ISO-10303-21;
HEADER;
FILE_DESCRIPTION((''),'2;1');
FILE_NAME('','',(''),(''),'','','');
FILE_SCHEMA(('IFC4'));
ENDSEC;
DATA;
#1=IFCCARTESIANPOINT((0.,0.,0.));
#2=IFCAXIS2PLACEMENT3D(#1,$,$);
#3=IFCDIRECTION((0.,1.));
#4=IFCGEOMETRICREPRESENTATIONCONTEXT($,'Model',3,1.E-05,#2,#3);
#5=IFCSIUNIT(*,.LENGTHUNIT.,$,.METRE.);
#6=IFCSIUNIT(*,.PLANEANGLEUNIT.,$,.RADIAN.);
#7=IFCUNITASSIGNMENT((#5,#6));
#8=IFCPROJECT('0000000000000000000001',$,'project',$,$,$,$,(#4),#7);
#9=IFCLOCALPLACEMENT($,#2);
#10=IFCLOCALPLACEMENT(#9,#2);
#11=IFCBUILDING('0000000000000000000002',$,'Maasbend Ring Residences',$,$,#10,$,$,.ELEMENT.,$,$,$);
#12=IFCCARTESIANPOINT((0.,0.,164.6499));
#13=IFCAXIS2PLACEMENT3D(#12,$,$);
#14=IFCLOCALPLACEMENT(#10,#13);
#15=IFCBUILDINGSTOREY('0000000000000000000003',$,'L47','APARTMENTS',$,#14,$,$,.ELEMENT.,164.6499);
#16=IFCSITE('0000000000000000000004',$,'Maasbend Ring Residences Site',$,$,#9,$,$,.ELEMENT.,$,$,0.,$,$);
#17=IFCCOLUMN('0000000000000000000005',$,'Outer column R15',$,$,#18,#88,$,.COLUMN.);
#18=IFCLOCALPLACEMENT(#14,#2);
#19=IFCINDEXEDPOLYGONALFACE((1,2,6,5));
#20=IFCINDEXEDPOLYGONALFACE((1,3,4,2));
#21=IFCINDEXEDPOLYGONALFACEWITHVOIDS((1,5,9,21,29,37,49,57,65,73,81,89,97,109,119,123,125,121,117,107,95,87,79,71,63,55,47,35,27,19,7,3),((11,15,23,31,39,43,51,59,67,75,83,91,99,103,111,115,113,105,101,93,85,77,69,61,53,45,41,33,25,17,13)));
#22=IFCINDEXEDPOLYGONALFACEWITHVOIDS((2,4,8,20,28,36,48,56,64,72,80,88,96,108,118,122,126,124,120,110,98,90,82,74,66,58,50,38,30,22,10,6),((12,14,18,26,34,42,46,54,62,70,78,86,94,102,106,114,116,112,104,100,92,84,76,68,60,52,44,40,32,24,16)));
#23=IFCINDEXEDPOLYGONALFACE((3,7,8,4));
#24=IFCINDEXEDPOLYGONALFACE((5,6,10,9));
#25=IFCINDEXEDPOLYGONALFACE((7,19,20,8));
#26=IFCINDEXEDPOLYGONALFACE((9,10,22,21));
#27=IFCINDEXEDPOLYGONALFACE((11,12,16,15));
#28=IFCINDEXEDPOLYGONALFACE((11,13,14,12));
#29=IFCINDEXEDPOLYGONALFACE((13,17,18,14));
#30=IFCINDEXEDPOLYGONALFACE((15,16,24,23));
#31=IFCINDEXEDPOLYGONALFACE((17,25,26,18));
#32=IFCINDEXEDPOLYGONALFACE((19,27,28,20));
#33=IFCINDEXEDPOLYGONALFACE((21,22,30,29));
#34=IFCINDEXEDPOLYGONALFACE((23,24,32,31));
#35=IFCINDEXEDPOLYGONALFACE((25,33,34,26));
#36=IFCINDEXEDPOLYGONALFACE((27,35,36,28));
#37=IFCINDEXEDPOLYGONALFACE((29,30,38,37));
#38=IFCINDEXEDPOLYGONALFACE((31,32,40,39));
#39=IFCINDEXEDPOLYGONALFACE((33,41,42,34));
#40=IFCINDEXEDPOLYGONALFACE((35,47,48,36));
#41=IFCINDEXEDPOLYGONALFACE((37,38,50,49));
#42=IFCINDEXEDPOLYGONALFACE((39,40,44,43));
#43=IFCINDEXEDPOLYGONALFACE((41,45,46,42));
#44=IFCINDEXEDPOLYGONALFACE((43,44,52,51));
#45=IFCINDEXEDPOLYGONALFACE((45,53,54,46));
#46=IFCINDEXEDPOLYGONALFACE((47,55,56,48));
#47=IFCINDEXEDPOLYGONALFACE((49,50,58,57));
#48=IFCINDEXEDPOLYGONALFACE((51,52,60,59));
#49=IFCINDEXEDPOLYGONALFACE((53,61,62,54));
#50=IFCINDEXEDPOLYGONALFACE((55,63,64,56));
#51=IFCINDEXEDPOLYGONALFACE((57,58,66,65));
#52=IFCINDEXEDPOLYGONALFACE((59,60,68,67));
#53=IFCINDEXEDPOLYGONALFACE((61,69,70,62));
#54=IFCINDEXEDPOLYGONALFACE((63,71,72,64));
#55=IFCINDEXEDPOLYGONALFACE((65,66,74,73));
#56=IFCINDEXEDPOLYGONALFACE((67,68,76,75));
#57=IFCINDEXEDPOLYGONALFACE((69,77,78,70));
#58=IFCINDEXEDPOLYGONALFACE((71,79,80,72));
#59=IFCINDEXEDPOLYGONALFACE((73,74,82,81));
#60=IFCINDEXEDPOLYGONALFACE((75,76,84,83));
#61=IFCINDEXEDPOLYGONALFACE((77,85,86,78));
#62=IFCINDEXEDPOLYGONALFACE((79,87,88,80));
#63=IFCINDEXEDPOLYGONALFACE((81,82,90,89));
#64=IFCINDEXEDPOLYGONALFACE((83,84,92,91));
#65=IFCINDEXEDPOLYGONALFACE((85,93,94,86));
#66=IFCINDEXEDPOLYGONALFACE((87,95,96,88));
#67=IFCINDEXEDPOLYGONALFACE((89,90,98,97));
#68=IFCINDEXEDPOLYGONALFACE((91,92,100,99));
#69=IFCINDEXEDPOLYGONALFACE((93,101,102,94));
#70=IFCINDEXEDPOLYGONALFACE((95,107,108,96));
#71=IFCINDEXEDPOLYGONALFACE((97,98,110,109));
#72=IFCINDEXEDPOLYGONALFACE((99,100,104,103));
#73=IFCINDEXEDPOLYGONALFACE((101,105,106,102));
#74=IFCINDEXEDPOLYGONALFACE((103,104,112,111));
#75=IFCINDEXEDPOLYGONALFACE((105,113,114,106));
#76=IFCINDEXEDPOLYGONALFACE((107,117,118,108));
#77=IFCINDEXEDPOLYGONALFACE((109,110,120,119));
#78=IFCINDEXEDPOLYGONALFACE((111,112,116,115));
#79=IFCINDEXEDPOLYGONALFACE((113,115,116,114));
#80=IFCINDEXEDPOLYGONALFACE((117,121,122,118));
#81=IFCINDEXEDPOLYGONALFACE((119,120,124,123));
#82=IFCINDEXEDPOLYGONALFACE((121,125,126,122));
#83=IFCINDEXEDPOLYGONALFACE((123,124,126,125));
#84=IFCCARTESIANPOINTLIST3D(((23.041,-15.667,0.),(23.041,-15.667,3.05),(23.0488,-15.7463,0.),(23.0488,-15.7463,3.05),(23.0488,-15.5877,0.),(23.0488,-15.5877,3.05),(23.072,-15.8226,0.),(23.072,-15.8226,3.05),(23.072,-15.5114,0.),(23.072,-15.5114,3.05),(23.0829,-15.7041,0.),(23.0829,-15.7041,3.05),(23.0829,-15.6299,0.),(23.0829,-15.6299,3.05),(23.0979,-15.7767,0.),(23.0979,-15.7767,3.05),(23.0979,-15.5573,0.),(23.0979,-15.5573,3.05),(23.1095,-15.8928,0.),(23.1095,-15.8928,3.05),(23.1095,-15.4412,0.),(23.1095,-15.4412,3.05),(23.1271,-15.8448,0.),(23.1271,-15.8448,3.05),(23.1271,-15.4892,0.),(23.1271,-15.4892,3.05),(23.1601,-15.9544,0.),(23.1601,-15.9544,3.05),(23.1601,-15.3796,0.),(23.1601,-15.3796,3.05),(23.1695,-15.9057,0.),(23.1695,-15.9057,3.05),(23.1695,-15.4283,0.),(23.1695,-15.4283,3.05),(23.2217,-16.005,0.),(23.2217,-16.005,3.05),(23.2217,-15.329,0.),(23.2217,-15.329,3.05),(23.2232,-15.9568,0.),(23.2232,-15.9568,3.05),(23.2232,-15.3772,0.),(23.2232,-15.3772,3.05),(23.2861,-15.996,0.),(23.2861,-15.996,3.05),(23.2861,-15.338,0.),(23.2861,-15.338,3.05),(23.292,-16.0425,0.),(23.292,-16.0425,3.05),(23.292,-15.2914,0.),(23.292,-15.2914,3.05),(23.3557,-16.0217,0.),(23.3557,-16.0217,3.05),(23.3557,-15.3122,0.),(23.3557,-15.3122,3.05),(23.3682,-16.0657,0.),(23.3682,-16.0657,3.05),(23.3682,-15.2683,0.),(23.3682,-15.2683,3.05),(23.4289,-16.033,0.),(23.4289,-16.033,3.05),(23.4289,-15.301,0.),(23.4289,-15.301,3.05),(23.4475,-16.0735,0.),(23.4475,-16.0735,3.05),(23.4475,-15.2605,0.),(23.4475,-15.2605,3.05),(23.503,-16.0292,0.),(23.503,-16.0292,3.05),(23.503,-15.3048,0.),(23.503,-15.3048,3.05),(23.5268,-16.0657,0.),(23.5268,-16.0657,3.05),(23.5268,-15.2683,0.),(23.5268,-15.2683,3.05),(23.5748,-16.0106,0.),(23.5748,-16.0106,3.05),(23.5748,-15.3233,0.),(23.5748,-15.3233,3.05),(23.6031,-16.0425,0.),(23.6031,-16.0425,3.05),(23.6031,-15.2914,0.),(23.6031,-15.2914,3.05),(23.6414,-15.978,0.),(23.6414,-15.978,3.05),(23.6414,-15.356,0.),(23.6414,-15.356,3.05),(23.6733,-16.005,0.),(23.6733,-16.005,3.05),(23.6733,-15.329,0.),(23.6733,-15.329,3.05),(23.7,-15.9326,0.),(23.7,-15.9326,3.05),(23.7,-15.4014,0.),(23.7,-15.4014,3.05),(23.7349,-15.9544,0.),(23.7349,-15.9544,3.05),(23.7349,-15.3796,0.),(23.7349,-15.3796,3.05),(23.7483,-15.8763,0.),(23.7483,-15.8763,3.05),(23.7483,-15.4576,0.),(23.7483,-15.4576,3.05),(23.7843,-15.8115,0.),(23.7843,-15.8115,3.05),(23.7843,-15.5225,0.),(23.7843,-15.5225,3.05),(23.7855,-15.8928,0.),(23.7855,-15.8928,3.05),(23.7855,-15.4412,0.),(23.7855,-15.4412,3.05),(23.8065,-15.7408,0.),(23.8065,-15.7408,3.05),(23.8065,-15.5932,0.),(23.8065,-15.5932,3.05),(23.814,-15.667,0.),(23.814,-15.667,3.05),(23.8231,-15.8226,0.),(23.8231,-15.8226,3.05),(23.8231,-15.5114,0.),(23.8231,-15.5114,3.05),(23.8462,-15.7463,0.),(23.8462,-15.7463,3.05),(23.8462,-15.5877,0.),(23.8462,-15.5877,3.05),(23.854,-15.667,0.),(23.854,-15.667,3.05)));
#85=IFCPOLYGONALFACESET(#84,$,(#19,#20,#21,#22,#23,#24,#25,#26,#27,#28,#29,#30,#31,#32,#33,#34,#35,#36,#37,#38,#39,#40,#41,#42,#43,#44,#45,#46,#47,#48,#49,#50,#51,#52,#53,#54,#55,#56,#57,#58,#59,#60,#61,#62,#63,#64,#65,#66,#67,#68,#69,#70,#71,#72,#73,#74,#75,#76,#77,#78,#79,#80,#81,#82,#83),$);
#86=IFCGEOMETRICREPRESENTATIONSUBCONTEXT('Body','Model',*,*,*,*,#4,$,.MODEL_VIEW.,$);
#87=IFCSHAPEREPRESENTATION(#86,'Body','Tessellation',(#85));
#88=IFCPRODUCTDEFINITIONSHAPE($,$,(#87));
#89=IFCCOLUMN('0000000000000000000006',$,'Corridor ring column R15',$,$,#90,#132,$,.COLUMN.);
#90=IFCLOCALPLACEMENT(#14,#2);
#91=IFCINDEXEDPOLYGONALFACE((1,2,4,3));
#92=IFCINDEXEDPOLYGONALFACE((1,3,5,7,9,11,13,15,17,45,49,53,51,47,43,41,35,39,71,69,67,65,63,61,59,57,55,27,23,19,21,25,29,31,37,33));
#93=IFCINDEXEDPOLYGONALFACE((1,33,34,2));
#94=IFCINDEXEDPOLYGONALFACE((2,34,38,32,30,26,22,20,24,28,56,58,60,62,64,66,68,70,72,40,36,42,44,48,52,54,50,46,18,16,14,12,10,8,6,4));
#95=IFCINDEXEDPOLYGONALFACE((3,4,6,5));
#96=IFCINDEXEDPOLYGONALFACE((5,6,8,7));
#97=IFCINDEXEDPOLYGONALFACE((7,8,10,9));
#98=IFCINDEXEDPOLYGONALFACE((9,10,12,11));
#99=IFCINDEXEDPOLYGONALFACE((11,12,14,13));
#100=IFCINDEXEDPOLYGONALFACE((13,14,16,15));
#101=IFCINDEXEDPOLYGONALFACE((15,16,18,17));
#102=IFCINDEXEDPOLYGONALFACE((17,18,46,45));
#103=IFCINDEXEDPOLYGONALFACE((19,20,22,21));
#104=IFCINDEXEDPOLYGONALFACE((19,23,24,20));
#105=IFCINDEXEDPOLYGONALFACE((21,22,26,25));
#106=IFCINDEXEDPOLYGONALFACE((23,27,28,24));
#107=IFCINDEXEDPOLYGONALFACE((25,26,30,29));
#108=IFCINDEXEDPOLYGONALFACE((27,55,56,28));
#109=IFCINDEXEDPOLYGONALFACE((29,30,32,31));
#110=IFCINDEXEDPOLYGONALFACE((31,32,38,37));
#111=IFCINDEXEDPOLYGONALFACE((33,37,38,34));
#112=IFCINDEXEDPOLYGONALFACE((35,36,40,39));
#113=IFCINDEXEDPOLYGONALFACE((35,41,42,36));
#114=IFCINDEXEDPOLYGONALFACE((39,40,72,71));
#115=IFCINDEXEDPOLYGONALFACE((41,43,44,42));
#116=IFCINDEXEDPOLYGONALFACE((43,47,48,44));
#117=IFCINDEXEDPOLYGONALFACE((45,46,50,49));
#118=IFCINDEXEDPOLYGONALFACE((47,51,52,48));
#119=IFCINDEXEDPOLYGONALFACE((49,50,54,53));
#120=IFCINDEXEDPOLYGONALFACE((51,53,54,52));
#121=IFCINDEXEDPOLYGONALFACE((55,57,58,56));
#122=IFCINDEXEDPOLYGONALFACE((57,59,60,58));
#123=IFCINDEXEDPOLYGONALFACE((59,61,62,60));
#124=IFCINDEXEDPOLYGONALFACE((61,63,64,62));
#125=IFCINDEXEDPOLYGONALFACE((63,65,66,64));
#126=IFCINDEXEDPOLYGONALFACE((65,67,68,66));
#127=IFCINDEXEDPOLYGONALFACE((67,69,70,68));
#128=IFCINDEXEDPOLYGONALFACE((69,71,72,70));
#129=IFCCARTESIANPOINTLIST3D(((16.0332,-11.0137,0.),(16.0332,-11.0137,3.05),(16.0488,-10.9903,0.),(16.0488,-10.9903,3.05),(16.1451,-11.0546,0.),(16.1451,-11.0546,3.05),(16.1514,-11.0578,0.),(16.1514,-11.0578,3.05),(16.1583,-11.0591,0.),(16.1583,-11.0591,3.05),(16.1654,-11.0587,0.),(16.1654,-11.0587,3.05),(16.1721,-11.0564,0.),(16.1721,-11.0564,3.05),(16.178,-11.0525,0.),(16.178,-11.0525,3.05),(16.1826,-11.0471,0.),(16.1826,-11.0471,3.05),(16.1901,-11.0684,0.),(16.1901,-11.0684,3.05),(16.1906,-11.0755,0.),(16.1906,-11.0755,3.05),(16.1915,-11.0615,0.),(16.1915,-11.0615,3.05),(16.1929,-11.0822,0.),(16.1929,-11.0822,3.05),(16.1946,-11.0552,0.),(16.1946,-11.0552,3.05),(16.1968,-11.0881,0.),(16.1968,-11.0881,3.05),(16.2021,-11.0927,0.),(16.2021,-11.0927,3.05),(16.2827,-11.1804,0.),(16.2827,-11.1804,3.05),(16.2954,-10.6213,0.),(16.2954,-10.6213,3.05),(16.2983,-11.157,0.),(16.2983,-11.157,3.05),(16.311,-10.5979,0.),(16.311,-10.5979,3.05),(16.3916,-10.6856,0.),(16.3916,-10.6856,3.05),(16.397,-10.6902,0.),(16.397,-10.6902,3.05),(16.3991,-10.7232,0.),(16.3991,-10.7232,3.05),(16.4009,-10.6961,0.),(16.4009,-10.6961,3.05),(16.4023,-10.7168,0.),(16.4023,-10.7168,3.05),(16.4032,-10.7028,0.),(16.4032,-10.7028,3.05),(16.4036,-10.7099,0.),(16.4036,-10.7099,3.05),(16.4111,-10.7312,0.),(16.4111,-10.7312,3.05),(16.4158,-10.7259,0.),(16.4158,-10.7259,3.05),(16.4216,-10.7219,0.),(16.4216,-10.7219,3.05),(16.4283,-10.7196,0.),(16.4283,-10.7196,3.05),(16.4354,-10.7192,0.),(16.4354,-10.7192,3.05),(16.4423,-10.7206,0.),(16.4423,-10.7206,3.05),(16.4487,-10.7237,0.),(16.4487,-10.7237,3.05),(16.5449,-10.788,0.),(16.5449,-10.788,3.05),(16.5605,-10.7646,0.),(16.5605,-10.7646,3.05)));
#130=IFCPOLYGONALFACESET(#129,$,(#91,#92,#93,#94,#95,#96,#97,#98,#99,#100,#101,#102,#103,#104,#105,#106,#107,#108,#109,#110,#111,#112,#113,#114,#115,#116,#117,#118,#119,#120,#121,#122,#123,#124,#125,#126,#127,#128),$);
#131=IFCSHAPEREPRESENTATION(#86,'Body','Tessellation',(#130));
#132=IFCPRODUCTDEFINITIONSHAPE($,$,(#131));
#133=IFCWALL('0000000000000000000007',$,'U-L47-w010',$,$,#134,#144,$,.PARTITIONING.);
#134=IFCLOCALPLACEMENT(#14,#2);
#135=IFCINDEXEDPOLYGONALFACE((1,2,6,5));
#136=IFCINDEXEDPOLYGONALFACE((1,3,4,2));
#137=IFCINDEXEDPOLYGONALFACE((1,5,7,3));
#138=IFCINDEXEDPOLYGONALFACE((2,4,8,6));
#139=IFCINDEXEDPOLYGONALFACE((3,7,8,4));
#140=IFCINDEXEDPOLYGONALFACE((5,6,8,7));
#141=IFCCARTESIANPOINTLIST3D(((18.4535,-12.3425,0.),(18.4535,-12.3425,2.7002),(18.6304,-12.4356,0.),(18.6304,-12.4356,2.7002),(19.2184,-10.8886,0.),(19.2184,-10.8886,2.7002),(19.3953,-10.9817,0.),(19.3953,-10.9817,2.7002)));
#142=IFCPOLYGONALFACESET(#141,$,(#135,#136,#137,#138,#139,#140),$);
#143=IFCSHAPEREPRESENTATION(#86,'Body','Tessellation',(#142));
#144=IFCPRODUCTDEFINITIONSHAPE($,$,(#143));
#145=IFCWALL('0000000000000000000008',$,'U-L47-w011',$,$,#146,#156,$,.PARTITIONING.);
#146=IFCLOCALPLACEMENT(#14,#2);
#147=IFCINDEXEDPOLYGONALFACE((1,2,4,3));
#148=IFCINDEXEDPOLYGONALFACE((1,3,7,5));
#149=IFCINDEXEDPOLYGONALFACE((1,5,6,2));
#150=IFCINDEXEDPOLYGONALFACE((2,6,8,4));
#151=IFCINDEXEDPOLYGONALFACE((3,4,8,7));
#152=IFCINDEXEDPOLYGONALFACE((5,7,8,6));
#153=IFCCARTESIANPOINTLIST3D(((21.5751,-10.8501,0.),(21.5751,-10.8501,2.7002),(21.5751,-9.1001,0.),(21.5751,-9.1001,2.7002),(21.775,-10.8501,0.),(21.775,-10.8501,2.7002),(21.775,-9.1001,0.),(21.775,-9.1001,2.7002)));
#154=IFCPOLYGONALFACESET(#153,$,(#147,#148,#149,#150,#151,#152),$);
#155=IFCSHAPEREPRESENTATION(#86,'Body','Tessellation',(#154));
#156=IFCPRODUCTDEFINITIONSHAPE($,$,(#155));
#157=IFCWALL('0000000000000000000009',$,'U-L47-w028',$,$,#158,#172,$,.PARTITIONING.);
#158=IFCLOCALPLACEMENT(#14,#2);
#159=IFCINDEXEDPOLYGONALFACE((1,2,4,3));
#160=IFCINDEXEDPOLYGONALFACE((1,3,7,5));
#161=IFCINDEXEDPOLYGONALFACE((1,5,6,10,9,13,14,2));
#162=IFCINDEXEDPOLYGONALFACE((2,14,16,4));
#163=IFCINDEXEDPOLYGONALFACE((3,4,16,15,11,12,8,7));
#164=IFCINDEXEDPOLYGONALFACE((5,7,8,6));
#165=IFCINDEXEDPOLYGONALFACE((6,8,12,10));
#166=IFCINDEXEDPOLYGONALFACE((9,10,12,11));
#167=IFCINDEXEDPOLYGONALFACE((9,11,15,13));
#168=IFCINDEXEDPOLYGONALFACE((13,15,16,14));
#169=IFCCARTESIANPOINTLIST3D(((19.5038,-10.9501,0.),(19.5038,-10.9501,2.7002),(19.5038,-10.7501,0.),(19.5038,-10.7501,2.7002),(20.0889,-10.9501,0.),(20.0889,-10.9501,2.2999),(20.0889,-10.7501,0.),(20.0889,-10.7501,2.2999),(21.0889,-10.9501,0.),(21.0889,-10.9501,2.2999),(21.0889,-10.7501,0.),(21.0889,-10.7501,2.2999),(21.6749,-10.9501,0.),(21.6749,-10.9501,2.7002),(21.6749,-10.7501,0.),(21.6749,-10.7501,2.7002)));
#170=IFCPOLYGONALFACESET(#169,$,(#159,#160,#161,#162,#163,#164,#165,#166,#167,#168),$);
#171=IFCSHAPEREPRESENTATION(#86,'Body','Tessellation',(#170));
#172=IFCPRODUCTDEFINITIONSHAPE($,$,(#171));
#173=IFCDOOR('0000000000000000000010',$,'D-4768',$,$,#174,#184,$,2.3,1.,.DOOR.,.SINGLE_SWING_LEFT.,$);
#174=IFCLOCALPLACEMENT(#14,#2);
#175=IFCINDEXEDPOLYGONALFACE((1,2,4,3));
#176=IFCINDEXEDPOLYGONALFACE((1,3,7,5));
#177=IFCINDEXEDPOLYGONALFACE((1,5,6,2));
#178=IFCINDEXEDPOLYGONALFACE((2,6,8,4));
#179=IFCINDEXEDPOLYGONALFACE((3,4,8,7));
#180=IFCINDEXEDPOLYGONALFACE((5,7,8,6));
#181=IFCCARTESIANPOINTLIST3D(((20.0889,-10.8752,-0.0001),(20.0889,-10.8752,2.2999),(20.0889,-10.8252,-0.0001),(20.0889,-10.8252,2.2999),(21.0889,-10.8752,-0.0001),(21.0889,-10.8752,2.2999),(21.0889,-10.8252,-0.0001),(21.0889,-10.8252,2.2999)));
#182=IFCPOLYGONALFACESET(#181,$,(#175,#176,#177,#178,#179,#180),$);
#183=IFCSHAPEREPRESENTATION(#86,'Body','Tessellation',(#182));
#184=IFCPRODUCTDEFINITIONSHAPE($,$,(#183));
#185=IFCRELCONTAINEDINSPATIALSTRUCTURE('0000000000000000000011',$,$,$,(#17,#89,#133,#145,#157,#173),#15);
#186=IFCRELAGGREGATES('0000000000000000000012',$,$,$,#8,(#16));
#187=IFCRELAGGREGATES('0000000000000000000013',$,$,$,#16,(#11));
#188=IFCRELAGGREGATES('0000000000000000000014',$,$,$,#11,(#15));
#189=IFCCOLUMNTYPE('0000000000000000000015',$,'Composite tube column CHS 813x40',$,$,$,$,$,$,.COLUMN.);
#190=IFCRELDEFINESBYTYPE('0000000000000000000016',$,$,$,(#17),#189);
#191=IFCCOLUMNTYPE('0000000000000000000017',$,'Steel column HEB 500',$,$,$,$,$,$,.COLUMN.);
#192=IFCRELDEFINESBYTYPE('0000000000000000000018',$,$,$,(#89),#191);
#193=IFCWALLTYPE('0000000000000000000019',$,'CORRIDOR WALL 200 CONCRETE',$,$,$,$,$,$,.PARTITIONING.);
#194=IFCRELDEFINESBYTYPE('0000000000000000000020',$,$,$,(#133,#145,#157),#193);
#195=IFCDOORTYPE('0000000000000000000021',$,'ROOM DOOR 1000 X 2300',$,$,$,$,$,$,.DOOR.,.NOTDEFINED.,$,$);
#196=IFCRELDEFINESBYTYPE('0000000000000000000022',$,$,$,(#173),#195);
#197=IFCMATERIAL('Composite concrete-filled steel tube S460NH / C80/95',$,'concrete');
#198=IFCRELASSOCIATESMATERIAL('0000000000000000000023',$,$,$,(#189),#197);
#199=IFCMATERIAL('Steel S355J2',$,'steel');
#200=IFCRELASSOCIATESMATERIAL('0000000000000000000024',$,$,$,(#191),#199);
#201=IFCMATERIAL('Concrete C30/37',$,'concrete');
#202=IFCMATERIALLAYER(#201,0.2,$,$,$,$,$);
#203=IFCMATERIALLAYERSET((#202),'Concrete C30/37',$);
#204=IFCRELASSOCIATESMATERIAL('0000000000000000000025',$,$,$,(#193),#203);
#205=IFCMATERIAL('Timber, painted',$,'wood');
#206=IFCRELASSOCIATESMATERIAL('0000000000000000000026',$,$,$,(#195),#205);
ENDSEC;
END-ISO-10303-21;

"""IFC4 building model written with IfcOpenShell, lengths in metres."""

from ifc_helpers import new_model, si_unit, direction, frame, frame_2d, origin, origin_2d, place, context, subcontext, project, spatial, rectangle, hollow_circle, i_section, extrude, material, layer, layer_set, material_profile, profile_set, type_object, element, fill, save


model = new_model("IFC4")

# Units and contexts
model_context = context("Model", 3, precision=1e-05, world=origin(), true_north=direction((0.0, 1.0)))
body_context = subcontext(model_context, "Body", "Model", "MODEL_VIEW")
ifc_project = project(units=[si_unit("LENGTHUNIT", "METRE"), si_unit("PLANEANGLEUNIT", "RADIAN")], contexts=[model_context])

# Site, building, storey
site_placement = place(None, origin())
site = spatial("IfcSite", under=ifc_project, at=site_placement, Name="Maasbend Ring Residences Site", CompositionType="ELEMENT", RefElevation=0.0)
building_placement = place(site_placement, origin())
building = spatial("IfcBuilding", under=site, at=building_placement, Name="Maasbend Ring Residences", CompositionType="ELEMENT")
storey_placement = place(building_placement, frame((0.0, 0.0, 164.6499)))
storey = spatial("IfcBuildingStorey", under=building, at=storey_placement, Name="L47", Description="APARTMENTS", CompositionType="ELEMENT", Elevation=164.6499)

# Columns
ifc_material_1 = material(Name="Composite concrete-filled steel tube S460NH / C80/95", Category="concrete")
ifc_material_profile_1 = material_profile(ifc_material_1, hollow_circle(Radius=0.4065, WallThickness=0.04, at=origin_2d()), Name="Composite tube column CHS 813x40")
ifc_profile_set_1 = profile_set([ifc_material_profile_1], Name="Composite concrete-filled steel tube S460NH / C80/95")
column_type_1 = type_object("IfcColumnType", Name="Composite tube column CHS 813x40", PredefinedType="COLUMN", material=ifc_profile_set_1)
column_1_placement = place(storey_placement, frame((23.4475, -15.667, 0.0), z_axis=(0.0, 0.0, 1.0), x_axis=(1.0, 0.0, 0.0)))
element("IfcColumn", 1, at=column_1_placement, inside=storey, type_object=column_type_1, Name="Outer column R15", PredefinedType="COLUMN", context=body_context, shape_type="SweptSolid", body=[
    extrude(hollow_circle(Radius=0.4065, WallThickness=0.04, at=origin_2d()), origin(), (0.0, 0.0, 1.0), 3.05),
])
ifc_material_2 = material(Name="Steel S355J2", Category="steel")
ifc_material_profile_2 = material_profile(ifc_material_2, i_section(OverallWidth=0.3, OverallDepth=0.5, WebThickness=0.0144, FlangeThickness=0.0281, FilletRadius=0.0271, at=origin_2d()), Name="HEB 500")
ifc_profile_set_2 = profile_set([ifc_material_profile_2], Name="Steel S355J2")
column_type_2 = type_object("IfcColumnType", Name="Steel column HEB 500", PredefinedType="COLUMN", material=ifc_profile_set_2)
column_2_placement = place(storey_placement, frame((16.2969, -10.8892, 0.0), z_axis=(0.0, 0.0, 1.0), x_axis=(0.83147, -0.55557, 0.0)))
element("IfcColumn", 2, at=column_2_placement, inside=storey, type_object=column_type_2, Name="Corridor ring column R15", PredefinedType="COLUMN", context=body_context, shape_type="SweptSolid", body=[
    extrude(i_section(OverallWidth=0.3, OverallDepth=0.5, WebThickness=0.0144, FlangeThickness=0.0281, FilletRadius=0.0271, at=origin_2d()), origin(), (0.0, 0.0, 1.0), 3.05),
])

# Walls
ifc_material_3 = material(Name="Concrete C30/37", Category="concrete")
ifc_layer_1 = layer(ifc_material_3, 0.2)
ifc_layer_set_1 = layer_set([ifc_layer_1], Name="Concrete C30/37")
wall_type_1 = type_object("IfcWallType", Name="CORRIDOR WALL 200 CONCRETE", PredefinedType="PARTITIONING", material=ifc_layer_set_1)
wall_1_placement = place(storey_placement, frame((18.542, -12.3889, 0.0), z_axis=(0.0, 0.0, 1.0), x_axis=(0.465606, 0.884992, 0.0)))
element("IfcWall", 3, at=wall_1_placement, inside=storey, type_object=wall_type_1, Name="U-L47-w010", PredefinedType="PARTITIONING", context=body_context, shape_type="SweptSolid", body=[
    extrude(rectangle(XDim=1.6428, YDim=0.2, at=frame_2d((0.8213, 0.0))), origin(), (0.0, 0.0, 1.0), 2.7002),
])
wall_2_placement = place(storey_placement, frame((21.675, -10.8501, 0.0), z_axis=(0.0, 0.0, 1.0), x_axis=(0.0, 1.0, 0.0)))
element("IfcWall", 4, at=wall_2_placement, inside=storey, type_object=wall_type_1, Name="U-L47-w011", PredefinedType="PARTITIONING", context=body_context, shape_type="SweptSolid", body=[
    extrude(rectangle(XDim=1.75, YDim=0.2, at=frame_2d((0.875, 0.0))), origin(), (0.0, 0.0, 1.0), 2.7002),
])

# Wall, opening, door
wall_3_placement = place(storey_placement, frame((19.5039, -10.8501, 0.0), z_axis=(0.0, 0.0, 1.0), x_axis=(1.0, 0.0, 0.0)))
wall_3 = element("IfcWall", 5, at=wall_3_placement, inside=storey, type_object=wall_type_1, Name="U-L47-w028", PredefinedType="PARTITIONING", context=body_context, shape_type="SweptSolid", body=[
    extrude(rectangle(XDim=2.1711, YDim=0.2, at=frame_2d((1.0854, 0.0))), origin(), (0.0, 0.0, 1.0), 2.7002),
])
opening_1_placement = place(wall_3_placement, frame((0.585, 0.0, 0.0)))
opening_1 = element("IfcOpeningElement", 6, at=opening_1_placement, cuts=wall_3, PredefinedType="OPENING", context=body_context, shape_type="SweptSolid", body=[
    extrude(rectangle(XDim=1.0, YDim=2.3, at=frame_2d((0.5, 1.1499))), frame((0.0, 0.1099, 0.0), z_axis=(0.0, -1.0, 0.0), x_axis=(1.0, 0.0, 0.0)), (0.0, 0.0, 1.0), 0.22),
])
ifc_material_4 = material(Name="Timber, painted", Category="wood")
door_type_1 = type_object("IfcDoorType", Name="ROOM DOOR 1000 X 2300", OperationType="NOTDEFINED", PredefinedType="DOOR", material=ifc_material_4)
door_1_placement = place(opening_1_placement, origin())
door_1 = element("IfcDoor", 7, at=door_1_placement, inside=storey, type_object=door_type_1, Name="D-4768", OperationType="SINGLE_SWING_LEFT", OverallHeight=2.3, OverallWidth=1.0, PredefinedType="DOOR", context=body_context, shape_type="SweptSolid", body=[
    extrude(rectangle(XDim=1.0, YDim=2.3, at=frame_2d((0.5, 1.1499))), frame((0.0, 0.0249, 0.0), z_axis=(0.0, -1.0, 0.0), x_axis=(1.0, 0.0, 0.0)), (0.0, 0.0, 1.0), 0.05),
])
fill(opening_1, door_1)

save(model, "model.ifc")
